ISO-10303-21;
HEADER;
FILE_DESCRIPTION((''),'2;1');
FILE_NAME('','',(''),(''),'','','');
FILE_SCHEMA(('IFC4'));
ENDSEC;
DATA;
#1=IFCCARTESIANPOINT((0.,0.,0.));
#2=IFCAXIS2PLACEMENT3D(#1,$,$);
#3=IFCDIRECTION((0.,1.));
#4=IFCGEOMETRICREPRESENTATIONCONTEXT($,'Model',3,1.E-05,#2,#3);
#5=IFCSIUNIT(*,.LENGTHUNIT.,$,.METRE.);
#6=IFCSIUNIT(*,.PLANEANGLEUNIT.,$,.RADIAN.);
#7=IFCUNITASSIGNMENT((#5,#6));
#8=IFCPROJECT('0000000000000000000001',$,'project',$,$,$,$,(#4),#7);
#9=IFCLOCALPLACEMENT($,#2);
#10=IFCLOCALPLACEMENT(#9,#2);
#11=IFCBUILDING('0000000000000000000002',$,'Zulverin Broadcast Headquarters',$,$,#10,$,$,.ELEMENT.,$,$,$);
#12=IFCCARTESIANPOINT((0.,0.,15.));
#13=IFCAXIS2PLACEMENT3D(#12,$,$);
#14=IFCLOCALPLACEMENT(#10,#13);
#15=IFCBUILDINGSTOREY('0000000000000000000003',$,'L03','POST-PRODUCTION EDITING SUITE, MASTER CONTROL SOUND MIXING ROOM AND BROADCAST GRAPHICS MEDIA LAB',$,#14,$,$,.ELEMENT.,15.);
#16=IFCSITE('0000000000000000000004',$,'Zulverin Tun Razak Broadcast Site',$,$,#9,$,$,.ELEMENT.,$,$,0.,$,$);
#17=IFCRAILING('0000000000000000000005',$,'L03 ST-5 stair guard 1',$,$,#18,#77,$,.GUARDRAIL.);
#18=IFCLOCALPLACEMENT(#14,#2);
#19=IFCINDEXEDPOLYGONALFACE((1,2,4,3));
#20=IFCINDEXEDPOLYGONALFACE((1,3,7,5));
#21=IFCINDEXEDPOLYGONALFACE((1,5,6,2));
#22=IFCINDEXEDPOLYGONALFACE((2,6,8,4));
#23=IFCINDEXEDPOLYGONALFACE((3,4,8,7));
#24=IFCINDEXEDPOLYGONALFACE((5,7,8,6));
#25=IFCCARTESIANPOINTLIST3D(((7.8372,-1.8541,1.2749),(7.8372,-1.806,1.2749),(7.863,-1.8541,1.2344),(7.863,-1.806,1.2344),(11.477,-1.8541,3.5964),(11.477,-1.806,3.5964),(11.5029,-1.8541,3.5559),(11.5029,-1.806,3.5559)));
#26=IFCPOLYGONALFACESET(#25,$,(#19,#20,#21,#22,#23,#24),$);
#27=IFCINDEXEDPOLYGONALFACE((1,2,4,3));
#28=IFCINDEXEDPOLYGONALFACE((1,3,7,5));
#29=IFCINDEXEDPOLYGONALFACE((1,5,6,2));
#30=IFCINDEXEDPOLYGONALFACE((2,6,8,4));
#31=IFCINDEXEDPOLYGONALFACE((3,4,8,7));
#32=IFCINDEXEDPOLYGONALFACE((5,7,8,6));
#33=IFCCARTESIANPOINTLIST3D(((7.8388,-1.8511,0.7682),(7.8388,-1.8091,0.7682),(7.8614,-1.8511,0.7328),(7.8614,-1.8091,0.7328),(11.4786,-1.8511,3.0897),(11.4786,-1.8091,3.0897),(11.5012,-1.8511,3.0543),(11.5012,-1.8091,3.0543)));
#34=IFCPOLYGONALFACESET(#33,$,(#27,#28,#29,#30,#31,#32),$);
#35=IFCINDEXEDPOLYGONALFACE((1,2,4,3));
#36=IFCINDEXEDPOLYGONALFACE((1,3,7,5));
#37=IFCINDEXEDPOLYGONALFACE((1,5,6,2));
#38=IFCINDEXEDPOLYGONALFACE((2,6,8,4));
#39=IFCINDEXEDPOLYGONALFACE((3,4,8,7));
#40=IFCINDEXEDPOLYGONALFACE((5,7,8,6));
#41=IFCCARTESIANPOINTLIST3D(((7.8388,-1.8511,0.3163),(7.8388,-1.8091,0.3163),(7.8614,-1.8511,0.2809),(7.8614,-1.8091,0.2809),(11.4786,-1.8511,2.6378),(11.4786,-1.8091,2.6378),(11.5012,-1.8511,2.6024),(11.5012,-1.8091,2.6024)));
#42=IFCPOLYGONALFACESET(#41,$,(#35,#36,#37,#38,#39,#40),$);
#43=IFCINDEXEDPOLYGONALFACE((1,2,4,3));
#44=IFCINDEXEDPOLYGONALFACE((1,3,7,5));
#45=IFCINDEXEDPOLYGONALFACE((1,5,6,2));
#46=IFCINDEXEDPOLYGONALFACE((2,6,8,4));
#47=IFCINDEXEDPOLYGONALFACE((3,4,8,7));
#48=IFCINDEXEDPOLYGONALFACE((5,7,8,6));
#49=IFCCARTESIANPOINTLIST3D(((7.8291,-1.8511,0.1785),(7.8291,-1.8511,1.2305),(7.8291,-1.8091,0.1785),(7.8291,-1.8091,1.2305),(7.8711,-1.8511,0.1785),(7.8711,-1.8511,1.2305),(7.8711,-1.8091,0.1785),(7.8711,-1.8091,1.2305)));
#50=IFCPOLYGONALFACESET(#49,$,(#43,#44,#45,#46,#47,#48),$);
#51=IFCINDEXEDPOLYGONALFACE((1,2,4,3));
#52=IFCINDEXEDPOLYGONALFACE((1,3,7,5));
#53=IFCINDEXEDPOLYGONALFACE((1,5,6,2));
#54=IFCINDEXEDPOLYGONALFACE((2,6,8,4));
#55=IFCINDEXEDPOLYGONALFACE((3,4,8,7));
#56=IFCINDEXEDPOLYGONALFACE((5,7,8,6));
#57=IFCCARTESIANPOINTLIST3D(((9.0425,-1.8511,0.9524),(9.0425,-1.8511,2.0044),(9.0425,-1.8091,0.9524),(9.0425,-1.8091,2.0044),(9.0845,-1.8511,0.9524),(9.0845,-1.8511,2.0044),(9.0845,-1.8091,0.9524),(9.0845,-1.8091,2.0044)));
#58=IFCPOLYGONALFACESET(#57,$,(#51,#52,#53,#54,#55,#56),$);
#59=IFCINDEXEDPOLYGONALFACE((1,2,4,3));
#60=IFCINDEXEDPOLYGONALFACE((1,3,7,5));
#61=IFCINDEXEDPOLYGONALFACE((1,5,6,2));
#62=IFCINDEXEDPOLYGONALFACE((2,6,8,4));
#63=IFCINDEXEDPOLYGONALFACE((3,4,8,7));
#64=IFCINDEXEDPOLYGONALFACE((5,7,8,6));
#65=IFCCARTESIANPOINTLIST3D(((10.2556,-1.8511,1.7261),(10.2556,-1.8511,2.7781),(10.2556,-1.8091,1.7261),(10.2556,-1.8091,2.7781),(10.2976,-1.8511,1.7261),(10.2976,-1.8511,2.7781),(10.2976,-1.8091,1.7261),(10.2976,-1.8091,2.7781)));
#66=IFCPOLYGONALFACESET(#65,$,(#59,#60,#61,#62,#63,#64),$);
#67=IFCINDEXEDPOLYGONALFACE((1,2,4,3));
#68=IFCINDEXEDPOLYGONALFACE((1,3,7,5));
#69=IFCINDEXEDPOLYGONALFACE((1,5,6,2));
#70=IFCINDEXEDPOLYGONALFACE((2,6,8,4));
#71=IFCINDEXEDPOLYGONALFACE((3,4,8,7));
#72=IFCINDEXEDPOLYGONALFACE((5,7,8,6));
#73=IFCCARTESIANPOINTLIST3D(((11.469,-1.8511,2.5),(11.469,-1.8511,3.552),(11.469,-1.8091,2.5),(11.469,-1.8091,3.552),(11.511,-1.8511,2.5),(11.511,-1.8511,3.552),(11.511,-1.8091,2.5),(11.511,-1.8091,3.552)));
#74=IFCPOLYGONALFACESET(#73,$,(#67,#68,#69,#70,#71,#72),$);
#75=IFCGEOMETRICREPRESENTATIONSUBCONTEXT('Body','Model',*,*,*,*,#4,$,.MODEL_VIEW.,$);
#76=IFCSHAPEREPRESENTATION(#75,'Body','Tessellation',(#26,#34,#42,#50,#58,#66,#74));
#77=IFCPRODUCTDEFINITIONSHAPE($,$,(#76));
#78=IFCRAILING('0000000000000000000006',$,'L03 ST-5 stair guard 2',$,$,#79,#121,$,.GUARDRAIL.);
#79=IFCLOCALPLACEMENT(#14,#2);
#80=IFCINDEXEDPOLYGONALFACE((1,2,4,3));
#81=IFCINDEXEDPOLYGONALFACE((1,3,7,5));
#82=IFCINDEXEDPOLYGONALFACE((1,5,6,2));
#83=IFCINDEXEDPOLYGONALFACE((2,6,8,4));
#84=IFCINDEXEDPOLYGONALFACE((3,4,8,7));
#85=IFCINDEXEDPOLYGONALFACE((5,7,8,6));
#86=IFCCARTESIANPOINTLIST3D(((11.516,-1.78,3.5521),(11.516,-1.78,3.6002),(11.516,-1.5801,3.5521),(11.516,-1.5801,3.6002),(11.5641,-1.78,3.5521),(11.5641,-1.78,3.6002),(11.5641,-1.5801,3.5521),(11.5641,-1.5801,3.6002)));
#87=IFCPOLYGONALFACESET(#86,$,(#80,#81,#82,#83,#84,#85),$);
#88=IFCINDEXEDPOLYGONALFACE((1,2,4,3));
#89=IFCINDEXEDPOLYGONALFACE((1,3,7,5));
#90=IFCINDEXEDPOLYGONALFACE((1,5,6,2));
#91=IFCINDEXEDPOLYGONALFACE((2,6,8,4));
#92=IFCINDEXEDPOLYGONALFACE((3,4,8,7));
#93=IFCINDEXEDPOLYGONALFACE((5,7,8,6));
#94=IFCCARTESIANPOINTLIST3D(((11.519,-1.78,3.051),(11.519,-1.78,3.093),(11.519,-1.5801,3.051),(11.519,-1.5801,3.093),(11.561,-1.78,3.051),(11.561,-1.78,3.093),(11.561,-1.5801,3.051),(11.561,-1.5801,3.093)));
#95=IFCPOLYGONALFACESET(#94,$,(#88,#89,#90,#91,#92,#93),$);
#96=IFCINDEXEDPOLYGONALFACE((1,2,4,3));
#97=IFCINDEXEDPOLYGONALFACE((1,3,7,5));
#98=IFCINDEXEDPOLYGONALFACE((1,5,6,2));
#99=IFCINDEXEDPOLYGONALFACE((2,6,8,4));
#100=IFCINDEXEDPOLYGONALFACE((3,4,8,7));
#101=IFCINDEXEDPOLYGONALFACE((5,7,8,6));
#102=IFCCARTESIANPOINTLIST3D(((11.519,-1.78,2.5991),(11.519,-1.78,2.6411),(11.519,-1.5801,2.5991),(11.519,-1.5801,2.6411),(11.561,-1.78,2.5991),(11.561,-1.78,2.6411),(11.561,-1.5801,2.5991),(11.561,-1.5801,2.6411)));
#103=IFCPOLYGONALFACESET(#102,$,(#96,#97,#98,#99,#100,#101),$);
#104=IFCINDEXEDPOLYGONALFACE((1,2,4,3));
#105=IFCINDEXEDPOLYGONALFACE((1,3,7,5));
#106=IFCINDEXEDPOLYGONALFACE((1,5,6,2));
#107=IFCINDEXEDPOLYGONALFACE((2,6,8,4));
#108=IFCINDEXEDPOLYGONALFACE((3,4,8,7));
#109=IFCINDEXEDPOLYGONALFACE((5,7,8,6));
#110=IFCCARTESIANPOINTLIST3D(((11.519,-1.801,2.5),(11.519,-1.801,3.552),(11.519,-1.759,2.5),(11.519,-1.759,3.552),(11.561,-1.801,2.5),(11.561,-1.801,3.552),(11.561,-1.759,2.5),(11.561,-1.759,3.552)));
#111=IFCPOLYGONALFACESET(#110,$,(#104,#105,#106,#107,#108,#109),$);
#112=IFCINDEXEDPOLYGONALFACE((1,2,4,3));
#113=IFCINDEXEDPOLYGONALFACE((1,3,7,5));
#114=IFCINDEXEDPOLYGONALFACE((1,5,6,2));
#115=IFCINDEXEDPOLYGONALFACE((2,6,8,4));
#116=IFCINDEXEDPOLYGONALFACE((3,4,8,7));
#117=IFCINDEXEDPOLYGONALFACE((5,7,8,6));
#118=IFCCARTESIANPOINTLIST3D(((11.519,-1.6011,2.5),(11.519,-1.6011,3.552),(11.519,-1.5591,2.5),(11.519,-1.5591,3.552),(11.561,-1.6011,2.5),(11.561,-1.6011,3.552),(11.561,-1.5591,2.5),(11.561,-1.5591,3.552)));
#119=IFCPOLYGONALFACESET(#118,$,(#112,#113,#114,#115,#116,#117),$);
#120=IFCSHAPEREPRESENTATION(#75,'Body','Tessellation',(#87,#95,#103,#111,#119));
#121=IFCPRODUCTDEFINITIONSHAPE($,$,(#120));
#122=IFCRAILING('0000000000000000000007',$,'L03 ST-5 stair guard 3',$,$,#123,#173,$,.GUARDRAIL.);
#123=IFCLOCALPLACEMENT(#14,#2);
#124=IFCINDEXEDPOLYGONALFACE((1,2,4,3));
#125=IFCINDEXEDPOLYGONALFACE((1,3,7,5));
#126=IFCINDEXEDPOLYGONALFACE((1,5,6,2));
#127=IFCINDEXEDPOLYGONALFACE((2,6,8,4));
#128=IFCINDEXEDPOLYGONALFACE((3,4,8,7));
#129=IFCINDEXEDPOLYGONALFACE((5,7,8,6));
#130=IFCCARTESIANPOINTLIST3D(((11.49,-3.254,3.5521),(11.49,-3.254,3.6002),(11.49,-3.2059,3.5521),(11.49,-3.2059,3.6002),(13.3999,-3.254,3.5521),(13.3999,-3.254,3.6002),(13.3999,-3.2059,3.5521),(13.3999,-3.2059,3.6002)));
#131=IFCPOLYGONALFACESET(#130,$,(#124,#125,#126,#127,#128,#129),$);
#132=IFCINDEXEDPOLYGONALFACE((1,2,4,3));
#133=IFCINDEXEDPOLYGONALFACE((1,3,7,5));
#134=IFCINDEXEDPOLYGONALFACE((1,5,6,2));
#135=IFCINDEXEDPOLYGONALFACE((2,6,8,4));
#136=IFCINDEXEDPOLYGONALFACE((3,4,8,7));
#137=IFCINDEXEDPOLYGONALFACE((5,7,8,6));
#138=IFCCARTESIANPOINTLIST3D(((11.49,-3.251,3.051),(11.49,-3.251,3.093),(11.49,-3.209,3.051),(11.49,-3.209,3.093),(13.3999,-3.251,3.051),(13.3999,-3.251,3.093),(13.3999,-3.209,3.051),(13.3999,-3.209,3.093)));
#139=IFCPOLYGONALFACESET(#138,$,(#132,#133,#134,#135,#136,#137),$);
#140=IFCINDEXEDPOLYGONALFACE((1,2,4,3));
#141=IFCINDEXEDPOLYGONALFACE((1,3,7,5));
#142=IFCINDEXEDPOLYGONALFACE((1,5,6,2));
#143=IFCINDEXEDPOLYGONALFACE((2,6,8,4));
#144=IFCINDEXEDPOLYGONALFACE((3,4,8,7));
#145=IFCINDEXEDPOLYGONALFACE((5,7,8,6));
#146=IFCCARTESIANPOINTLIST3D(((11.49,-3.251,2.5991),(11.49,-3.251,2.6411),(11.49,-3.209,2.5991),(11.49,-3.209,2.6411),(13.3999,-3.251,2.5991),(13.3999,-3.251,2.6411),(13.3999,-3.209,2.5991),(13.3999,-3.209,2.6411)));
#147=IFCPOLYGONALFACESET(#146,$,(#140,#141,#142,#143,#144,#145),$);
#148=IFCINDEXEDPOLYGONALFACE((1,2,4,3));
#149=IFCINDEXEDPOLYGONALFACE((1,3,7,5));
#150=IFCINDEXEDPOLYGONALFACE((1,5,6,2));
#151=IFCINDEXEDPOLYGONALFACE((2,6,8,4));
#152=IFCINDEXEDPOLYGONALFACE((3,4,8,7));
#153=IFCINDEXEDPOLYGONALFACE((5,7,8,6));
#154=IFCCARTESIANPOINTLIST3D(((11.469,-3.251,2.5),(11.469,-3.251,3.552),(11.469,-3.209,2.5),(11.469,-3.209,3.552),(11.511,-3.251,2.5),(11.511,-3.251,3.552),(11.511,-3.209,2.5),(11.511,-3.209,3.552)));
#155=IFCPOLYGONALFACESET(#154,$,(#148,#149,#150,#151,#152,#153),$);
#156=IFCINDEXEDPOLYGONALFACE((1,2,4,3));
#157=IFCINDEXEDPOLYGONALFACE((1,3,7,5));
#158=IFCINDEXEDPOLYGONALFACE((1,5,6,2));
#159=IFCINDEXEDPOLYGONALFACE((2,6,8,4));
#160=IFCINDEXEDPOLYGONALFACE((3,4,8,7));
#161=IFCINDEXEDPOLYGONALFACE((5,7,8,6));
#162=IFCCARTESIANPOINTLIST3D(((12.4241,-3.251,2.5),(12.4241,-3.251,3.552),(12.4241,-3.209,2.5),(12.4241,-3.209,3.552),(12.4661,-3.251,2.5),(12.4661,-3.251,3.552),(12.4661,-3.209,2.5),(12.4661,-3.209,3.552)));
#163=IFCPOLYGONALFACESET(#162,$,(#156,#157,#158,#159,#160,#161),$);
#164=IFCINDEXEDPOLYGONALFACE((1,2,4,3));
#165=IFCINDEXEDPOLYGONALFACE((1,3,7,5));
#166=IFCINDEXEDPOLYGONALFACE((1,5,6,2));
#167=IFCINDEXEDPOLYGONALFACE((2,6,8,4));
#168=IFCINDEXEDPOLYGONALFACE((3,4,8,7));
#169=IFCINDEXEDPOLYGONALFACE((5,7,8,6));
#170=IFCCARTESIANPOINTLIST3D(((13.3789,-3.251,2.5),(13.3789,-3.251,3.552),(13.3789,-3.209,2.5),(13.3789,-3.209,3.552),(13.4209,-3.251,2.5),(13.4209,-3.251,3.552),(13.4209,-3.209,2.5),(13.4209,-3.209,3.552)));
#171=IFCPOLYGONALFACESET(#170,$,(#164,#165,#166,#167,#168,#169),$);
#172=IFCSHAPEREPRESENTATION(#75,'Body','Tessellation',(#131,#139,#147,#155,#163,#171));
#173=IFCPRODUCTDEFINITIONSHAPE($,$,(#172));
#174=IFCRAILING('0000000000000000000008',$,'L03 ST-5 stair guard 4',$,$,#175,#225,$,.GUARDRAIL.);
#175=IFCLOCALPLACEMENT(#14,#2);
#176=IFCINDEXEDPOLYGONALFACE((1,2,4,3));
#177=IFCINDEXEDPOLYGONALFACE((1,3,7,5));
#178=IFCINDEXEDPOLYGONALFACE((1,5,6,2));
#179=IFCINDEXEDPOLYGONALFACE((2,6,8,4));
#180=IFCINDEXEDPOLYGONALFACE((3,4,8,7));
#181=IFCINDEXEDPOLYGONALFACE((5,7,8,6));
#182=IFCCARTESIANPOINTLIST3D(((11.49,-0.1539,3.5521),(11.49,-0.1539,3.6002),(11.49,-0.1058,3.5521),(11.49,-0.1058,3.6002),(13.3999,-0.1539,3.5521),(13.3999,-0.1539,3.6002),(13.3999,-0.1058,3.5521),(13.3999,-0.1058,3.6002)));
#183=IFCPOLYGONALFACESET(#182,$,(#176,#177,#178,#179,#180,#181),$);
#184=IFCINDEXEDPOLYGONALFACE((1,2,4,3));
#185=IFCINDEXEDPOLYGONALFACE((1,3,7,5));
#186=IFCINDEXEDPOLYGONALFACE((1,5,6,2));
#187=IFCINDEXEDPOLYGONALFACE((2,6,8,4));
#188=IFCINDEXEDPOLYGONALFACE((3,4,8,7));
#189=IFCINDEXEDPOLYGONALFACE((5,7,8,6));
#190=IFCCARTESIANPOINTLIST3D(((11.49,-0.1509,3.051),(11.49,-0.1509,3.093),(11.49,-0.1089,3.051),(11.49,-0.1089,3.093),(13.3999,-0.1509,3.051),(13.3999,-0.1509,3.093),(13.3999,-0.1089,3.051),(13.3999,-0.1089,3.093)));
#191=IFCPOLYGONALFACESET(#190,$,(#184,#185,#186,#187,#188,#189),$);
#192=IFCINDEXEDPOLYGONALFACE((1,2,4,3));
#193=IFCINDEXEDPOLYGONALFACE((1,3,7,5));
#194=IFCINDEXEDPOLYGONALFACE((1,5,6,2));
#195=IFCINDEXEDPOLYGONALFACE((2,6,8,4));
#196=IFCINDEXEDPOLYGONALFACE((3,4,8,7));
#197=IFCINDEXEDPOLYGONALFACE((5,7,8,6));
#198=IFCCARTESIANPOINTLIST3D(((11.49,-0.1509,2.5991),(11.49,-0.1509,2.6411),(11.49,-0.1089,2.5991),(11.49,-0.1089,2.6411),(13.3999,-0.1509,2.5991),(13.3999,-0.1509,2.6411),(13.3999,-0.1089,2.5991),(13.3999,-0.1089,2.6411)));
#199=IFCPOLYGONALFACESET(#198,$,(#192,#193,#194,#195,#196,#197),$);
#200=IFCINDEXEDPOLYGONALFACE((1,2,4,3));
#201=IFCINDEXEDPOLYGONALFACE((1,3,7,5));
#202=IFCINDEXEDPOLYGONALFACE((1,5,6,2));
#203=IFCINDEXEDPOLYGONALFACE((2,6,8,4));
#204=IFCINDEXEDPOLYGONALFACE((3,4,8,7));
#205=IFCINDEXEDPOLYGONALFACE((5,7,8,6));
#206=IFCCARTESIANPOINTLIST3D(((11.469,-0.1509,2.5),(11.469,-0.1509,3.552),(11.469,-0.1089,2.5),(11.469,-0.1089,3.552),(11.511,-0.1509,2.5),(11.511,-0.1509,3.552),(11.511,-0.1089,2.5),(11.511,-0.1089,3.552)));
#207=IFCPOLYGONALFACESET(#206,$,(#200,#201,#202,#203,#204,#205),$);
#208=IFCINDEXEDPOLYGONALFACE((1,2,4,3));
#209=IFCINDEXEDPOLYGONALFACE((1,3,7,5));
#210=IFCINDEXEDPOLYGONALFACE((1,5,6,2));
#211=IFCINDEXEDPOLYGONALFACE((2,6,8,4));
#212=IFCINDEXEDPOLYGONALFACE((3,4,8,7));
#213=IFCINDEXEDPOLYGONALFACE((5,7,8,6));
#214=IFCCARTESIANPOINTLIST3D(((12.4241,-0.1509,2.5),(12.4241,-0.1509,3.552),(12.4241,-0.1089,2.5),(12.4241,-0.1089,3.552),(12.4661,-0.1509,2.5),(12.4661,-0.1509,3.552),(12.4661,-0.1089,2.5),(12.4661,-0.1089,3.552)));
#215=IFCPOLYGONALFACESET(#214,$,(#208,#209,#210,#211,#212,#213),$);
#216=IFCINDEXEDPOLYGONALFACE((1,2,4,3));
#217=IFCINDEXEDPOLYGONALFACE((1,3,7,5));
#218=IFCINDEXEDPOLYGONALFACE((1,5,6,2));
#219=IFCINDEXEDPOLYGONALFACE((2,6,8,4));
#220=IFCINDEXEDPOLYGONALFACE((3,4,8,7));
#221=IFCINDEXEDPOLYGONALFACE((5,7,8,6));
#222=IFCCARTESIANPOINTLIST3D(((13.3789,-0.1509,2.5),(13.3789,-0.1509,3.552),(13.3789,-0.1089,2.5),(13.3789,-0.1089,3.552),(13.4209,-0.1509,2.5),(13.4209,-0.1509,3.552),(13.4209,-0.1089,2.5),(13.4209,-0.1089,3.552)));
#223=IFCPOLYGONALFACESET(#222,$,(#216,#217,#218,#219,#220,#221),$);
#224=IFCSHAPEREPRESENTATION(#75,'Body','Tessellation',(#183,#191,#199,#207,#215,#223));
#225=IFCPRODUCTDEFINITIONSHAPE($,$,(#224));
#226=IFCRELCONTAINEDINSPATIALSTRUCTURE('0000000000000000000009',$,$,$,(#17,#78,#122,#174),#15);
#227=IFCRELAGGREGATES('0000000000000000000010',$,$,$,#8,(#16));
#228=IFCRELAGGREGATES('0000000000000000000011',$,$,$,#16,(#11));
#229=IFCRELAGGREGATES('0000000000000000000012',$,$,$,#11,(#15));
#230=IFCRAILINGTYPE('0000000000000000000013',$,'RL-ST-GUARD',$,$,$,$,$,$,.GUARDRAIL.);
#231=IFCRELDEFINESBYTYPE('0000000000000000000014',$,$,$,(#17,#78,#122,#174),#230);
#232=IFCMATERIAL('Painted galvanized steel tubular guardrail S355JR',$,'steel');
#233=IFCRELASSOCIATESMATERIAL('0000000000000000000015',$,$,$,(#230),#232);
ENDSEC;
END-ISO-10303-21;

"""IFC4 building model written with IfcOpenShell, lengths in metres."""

from ifc_helpers import new_model, si_unit, direction, frame, origin, origin_2d, place, context, subcontext, project, spatial, rectangle, extrude, material, type_object, element, save


model = new_model("IFC4")

# Units and contexts
model_context = context("Model", 3, precision=1e-05, world=origin(), true_north=direction((0.0, 1.0)))
body_context = subcontext(model_context, "Body", "Model", "MODEL_VIEW")
ifc_project = project(units=[si_unit("LENGTHUNIT", "METRE"), si_unit("PLANEANGLEUNIT", "RADIAN")], contexts=[model_context])

# Site, building, storey
site_placement = place(None, origin())
site = spatial("IfcSite", under=ifc_project, at=site_placement, Name="Zulverin Tun Razak Broadcast Site", CompositionType="ELEMENT", RefElevation=0.0)
building_placement = place(site_placement, origin())
building = spatial("IfcBuilding", under=site, at=building_placement, Name="Zulverin Broadcast Headquarters", CompositionType="ELEMENT")
storey_placement = place(building_placement, frame((0.0, 0.0, 15.0)))
storey = spatial("IfcBuildingStorey", under=building, at=storey_placement, Name="L03", Description="POST-PRODUCTION EDITING SUITE, MASTER CONTROL SOUND MIXING ROOM AND BROADCAST GRAPHICS MEDIA LAB", CompositionType="ELEMENT", Elevation=15.0)

# Railings
ifc_material_1 = material(Name="Painted galvanized steel tubular guardrail S355JR", Category="steel")
railing_type_1 = type_object("IfcRailingType", Name="RL-ST-GUARD", PredefinedType="GUARDRAIL", material=ifc_material_1)
railing_1_placement = place(storey_placement, frame((7.8501, -1.8301, 0.1785)))
element("IfcRailing", 1, at=railing_1_placement, inside=storey, type_object=railing_type_1, Name="L03 ST-5 stair guard 1", PredefinedType="GUARDRAIL", context=body_context, shape_type="SweptSolid", body=[
    extrude(rectangle(XDim=0.0481, YDim=0.0481, at=origin_2d()), frame((0.0, 0.0, 1.0762), z_axis=(0.843112, 0.0, 0.537739), x_axis=(0.0, 1.0, 0.0)), (0.0, 0.0, 1.0), 4.3171),
    extrude(rectangle(XDim=0.042, YDim=0.042, at=origin_2d()), frame((0.0, 0.0, 0.572), z_axis=(0.843112, 0.0, 0.537739), x_axis=(0.0, 1.0, 0.0)), (0.0, 0.0, 1.0), 4.3171),
    extrude(rectangle(XDim=0.042, YDim=0.042, at=origin_2d()), frame((0.0, 0.0, 0.1201), z_axis=(0.843112, 0.0, 0.537739), x_axis=(0.0, 1.0, 0.0)), (0.0, 0.0, 1.0), 4.3171),
    extrude(rectangle(XDim=0.042, YDim=0.042, at=origin_2d()), origin(), (0.0, 0.0, 1.0), 1.052),
    extrude(rectangle(XDim=0.042, YDim=0.042, at=origin_2d()), frame((1.2134, 0.0, 0.7739)), (0.0, 0.0, 1.0), 1.052),
    extrude(rectangle(XDim=0.042, YDim=0.042, at=origin_2d()), frame((2.4265, 0.0, 1.5476)), (0.0, 0.0, 1.0), 1.052),
    extrude(rectangle(XDim=0.042, YDim=0.042, at=origin_2d()), frame((3.6399, 0.0, 2.3215)), (0.0, 0.0, 1.0), 1.052),
])
railing_2_placement = place(storey_placement, frame((11.54, -1.78, 2.5)))
element("IfcRailing", 2, at=railing_2_placement, inside=storey, type_object=railing_type_1, Name="L03 ST-5 stair guard 2", PredefinedType="GUARDRAIL", context=body_context, shape_type="SweptSolid", body=[
    extrude(rectangle(XDim=0.0481, YDim=0.0481, at=origin_2d()), frame((0.0, 0.0, 1.0762), z_axis=(0.0, 1.0, 0.0), x_axis=(-1.0, 0.0, 0.0)), (0.0, 0.0, 1.0), 0.2),
    extrude(rectangle(XDim=0.042, YDim=0.042, at=origin_2d()), frame((0.0, 0.0, 0.572), z_axis=(0.0, 1.0, 0.0), x_axis=(-1.0, 0.0, 0.0)), (0.0, 0.0, 1.0), 0.2),
    extrude(rectangle(XDim=0.042, YDim=0.042, at=origin_2d()), frame((0.0, 0.0, 0.1201), z_axis=(0.0, 1.0, 0.0), x_axis=(-1.0, 0.0, 0.0)), (0.0, 0.0, 1.0), 0.2),
    extrude(rectangle(XDim=0.042, YDim=0.042, at=origin_2d()), origin(), (0.0, 0.0, 1.0), 1.052),
    extrude(rectangle(XDim=0.042, YDim=0.042, at=origin_2d()), frame((0.0, 0.2, 0.0)), (0.0, 0.0, 1.0), 1.052),
])
for number, where, name in (
    (3, (11.49, -3.23, 2.5), "L03 ST-5 stair guard 3"),
    (4, (11.49, -0.1299, 2.5), "L03 ST-5 stair guard 4"),
):
    element("IfcRailing", number, at=place(storey_placement, frame(where)), inside=storey, type_object=railing_type_1, Name=name, PredefinedType="GUARDRAIL", context=body_context, shape_type="SweptSolid", body=[
        extrude(rectangle(XDim=0.0481, YDim=0.0481, at=origin_2d()), frame((0.0, 0.0, 1.0762), z_axis=(1.0, 0.0, 0.0), x_axis=(0.0, 1.0, 0.0)), (0.0, 0.0, 1.0), 1.9099),
        extrude(rectangle(XDim=0.042, YDim=0.042, at=origin_2d()), frame((0.0, 0.0, 0.572), z_axis=(1.0, 0.0, 0.0), x_axis=(0.0, 1.0, 0.0)), (0.0, 0.0, 1.0), 1.9099),
        extrude(rectangle(XDim=0.042, YDim=0.042, at=origin_2d()), frame((0.0, 0.0, 0.1201), z_axis=(1.0, 0.0, 0.0), x_axis=(0.0, 1.0, 0.0)), (0.0, 0.0, 1.0), 1.9099),
        extrude(rectangle(XDim=0.042, YDim=0.042, at=origin_2d()), origin(), (0.0, 0.0, 1.0), 1.052),
        extrude(rectangle(XDim=0.042, YDim=0.042, at=origin_2d()), frame((0.9551, 0.0, 0.0)), (0.0, 0.0, 1.0), 1.052),
        extrude(rectangle(XDim=0.042, YDim=0.042, at=origin_2d()), frame((1.9099, 0.0, 0.0)), (0.0, 0.0, 1.0), 1.052),
    ])

save(model, "model.ifc")
